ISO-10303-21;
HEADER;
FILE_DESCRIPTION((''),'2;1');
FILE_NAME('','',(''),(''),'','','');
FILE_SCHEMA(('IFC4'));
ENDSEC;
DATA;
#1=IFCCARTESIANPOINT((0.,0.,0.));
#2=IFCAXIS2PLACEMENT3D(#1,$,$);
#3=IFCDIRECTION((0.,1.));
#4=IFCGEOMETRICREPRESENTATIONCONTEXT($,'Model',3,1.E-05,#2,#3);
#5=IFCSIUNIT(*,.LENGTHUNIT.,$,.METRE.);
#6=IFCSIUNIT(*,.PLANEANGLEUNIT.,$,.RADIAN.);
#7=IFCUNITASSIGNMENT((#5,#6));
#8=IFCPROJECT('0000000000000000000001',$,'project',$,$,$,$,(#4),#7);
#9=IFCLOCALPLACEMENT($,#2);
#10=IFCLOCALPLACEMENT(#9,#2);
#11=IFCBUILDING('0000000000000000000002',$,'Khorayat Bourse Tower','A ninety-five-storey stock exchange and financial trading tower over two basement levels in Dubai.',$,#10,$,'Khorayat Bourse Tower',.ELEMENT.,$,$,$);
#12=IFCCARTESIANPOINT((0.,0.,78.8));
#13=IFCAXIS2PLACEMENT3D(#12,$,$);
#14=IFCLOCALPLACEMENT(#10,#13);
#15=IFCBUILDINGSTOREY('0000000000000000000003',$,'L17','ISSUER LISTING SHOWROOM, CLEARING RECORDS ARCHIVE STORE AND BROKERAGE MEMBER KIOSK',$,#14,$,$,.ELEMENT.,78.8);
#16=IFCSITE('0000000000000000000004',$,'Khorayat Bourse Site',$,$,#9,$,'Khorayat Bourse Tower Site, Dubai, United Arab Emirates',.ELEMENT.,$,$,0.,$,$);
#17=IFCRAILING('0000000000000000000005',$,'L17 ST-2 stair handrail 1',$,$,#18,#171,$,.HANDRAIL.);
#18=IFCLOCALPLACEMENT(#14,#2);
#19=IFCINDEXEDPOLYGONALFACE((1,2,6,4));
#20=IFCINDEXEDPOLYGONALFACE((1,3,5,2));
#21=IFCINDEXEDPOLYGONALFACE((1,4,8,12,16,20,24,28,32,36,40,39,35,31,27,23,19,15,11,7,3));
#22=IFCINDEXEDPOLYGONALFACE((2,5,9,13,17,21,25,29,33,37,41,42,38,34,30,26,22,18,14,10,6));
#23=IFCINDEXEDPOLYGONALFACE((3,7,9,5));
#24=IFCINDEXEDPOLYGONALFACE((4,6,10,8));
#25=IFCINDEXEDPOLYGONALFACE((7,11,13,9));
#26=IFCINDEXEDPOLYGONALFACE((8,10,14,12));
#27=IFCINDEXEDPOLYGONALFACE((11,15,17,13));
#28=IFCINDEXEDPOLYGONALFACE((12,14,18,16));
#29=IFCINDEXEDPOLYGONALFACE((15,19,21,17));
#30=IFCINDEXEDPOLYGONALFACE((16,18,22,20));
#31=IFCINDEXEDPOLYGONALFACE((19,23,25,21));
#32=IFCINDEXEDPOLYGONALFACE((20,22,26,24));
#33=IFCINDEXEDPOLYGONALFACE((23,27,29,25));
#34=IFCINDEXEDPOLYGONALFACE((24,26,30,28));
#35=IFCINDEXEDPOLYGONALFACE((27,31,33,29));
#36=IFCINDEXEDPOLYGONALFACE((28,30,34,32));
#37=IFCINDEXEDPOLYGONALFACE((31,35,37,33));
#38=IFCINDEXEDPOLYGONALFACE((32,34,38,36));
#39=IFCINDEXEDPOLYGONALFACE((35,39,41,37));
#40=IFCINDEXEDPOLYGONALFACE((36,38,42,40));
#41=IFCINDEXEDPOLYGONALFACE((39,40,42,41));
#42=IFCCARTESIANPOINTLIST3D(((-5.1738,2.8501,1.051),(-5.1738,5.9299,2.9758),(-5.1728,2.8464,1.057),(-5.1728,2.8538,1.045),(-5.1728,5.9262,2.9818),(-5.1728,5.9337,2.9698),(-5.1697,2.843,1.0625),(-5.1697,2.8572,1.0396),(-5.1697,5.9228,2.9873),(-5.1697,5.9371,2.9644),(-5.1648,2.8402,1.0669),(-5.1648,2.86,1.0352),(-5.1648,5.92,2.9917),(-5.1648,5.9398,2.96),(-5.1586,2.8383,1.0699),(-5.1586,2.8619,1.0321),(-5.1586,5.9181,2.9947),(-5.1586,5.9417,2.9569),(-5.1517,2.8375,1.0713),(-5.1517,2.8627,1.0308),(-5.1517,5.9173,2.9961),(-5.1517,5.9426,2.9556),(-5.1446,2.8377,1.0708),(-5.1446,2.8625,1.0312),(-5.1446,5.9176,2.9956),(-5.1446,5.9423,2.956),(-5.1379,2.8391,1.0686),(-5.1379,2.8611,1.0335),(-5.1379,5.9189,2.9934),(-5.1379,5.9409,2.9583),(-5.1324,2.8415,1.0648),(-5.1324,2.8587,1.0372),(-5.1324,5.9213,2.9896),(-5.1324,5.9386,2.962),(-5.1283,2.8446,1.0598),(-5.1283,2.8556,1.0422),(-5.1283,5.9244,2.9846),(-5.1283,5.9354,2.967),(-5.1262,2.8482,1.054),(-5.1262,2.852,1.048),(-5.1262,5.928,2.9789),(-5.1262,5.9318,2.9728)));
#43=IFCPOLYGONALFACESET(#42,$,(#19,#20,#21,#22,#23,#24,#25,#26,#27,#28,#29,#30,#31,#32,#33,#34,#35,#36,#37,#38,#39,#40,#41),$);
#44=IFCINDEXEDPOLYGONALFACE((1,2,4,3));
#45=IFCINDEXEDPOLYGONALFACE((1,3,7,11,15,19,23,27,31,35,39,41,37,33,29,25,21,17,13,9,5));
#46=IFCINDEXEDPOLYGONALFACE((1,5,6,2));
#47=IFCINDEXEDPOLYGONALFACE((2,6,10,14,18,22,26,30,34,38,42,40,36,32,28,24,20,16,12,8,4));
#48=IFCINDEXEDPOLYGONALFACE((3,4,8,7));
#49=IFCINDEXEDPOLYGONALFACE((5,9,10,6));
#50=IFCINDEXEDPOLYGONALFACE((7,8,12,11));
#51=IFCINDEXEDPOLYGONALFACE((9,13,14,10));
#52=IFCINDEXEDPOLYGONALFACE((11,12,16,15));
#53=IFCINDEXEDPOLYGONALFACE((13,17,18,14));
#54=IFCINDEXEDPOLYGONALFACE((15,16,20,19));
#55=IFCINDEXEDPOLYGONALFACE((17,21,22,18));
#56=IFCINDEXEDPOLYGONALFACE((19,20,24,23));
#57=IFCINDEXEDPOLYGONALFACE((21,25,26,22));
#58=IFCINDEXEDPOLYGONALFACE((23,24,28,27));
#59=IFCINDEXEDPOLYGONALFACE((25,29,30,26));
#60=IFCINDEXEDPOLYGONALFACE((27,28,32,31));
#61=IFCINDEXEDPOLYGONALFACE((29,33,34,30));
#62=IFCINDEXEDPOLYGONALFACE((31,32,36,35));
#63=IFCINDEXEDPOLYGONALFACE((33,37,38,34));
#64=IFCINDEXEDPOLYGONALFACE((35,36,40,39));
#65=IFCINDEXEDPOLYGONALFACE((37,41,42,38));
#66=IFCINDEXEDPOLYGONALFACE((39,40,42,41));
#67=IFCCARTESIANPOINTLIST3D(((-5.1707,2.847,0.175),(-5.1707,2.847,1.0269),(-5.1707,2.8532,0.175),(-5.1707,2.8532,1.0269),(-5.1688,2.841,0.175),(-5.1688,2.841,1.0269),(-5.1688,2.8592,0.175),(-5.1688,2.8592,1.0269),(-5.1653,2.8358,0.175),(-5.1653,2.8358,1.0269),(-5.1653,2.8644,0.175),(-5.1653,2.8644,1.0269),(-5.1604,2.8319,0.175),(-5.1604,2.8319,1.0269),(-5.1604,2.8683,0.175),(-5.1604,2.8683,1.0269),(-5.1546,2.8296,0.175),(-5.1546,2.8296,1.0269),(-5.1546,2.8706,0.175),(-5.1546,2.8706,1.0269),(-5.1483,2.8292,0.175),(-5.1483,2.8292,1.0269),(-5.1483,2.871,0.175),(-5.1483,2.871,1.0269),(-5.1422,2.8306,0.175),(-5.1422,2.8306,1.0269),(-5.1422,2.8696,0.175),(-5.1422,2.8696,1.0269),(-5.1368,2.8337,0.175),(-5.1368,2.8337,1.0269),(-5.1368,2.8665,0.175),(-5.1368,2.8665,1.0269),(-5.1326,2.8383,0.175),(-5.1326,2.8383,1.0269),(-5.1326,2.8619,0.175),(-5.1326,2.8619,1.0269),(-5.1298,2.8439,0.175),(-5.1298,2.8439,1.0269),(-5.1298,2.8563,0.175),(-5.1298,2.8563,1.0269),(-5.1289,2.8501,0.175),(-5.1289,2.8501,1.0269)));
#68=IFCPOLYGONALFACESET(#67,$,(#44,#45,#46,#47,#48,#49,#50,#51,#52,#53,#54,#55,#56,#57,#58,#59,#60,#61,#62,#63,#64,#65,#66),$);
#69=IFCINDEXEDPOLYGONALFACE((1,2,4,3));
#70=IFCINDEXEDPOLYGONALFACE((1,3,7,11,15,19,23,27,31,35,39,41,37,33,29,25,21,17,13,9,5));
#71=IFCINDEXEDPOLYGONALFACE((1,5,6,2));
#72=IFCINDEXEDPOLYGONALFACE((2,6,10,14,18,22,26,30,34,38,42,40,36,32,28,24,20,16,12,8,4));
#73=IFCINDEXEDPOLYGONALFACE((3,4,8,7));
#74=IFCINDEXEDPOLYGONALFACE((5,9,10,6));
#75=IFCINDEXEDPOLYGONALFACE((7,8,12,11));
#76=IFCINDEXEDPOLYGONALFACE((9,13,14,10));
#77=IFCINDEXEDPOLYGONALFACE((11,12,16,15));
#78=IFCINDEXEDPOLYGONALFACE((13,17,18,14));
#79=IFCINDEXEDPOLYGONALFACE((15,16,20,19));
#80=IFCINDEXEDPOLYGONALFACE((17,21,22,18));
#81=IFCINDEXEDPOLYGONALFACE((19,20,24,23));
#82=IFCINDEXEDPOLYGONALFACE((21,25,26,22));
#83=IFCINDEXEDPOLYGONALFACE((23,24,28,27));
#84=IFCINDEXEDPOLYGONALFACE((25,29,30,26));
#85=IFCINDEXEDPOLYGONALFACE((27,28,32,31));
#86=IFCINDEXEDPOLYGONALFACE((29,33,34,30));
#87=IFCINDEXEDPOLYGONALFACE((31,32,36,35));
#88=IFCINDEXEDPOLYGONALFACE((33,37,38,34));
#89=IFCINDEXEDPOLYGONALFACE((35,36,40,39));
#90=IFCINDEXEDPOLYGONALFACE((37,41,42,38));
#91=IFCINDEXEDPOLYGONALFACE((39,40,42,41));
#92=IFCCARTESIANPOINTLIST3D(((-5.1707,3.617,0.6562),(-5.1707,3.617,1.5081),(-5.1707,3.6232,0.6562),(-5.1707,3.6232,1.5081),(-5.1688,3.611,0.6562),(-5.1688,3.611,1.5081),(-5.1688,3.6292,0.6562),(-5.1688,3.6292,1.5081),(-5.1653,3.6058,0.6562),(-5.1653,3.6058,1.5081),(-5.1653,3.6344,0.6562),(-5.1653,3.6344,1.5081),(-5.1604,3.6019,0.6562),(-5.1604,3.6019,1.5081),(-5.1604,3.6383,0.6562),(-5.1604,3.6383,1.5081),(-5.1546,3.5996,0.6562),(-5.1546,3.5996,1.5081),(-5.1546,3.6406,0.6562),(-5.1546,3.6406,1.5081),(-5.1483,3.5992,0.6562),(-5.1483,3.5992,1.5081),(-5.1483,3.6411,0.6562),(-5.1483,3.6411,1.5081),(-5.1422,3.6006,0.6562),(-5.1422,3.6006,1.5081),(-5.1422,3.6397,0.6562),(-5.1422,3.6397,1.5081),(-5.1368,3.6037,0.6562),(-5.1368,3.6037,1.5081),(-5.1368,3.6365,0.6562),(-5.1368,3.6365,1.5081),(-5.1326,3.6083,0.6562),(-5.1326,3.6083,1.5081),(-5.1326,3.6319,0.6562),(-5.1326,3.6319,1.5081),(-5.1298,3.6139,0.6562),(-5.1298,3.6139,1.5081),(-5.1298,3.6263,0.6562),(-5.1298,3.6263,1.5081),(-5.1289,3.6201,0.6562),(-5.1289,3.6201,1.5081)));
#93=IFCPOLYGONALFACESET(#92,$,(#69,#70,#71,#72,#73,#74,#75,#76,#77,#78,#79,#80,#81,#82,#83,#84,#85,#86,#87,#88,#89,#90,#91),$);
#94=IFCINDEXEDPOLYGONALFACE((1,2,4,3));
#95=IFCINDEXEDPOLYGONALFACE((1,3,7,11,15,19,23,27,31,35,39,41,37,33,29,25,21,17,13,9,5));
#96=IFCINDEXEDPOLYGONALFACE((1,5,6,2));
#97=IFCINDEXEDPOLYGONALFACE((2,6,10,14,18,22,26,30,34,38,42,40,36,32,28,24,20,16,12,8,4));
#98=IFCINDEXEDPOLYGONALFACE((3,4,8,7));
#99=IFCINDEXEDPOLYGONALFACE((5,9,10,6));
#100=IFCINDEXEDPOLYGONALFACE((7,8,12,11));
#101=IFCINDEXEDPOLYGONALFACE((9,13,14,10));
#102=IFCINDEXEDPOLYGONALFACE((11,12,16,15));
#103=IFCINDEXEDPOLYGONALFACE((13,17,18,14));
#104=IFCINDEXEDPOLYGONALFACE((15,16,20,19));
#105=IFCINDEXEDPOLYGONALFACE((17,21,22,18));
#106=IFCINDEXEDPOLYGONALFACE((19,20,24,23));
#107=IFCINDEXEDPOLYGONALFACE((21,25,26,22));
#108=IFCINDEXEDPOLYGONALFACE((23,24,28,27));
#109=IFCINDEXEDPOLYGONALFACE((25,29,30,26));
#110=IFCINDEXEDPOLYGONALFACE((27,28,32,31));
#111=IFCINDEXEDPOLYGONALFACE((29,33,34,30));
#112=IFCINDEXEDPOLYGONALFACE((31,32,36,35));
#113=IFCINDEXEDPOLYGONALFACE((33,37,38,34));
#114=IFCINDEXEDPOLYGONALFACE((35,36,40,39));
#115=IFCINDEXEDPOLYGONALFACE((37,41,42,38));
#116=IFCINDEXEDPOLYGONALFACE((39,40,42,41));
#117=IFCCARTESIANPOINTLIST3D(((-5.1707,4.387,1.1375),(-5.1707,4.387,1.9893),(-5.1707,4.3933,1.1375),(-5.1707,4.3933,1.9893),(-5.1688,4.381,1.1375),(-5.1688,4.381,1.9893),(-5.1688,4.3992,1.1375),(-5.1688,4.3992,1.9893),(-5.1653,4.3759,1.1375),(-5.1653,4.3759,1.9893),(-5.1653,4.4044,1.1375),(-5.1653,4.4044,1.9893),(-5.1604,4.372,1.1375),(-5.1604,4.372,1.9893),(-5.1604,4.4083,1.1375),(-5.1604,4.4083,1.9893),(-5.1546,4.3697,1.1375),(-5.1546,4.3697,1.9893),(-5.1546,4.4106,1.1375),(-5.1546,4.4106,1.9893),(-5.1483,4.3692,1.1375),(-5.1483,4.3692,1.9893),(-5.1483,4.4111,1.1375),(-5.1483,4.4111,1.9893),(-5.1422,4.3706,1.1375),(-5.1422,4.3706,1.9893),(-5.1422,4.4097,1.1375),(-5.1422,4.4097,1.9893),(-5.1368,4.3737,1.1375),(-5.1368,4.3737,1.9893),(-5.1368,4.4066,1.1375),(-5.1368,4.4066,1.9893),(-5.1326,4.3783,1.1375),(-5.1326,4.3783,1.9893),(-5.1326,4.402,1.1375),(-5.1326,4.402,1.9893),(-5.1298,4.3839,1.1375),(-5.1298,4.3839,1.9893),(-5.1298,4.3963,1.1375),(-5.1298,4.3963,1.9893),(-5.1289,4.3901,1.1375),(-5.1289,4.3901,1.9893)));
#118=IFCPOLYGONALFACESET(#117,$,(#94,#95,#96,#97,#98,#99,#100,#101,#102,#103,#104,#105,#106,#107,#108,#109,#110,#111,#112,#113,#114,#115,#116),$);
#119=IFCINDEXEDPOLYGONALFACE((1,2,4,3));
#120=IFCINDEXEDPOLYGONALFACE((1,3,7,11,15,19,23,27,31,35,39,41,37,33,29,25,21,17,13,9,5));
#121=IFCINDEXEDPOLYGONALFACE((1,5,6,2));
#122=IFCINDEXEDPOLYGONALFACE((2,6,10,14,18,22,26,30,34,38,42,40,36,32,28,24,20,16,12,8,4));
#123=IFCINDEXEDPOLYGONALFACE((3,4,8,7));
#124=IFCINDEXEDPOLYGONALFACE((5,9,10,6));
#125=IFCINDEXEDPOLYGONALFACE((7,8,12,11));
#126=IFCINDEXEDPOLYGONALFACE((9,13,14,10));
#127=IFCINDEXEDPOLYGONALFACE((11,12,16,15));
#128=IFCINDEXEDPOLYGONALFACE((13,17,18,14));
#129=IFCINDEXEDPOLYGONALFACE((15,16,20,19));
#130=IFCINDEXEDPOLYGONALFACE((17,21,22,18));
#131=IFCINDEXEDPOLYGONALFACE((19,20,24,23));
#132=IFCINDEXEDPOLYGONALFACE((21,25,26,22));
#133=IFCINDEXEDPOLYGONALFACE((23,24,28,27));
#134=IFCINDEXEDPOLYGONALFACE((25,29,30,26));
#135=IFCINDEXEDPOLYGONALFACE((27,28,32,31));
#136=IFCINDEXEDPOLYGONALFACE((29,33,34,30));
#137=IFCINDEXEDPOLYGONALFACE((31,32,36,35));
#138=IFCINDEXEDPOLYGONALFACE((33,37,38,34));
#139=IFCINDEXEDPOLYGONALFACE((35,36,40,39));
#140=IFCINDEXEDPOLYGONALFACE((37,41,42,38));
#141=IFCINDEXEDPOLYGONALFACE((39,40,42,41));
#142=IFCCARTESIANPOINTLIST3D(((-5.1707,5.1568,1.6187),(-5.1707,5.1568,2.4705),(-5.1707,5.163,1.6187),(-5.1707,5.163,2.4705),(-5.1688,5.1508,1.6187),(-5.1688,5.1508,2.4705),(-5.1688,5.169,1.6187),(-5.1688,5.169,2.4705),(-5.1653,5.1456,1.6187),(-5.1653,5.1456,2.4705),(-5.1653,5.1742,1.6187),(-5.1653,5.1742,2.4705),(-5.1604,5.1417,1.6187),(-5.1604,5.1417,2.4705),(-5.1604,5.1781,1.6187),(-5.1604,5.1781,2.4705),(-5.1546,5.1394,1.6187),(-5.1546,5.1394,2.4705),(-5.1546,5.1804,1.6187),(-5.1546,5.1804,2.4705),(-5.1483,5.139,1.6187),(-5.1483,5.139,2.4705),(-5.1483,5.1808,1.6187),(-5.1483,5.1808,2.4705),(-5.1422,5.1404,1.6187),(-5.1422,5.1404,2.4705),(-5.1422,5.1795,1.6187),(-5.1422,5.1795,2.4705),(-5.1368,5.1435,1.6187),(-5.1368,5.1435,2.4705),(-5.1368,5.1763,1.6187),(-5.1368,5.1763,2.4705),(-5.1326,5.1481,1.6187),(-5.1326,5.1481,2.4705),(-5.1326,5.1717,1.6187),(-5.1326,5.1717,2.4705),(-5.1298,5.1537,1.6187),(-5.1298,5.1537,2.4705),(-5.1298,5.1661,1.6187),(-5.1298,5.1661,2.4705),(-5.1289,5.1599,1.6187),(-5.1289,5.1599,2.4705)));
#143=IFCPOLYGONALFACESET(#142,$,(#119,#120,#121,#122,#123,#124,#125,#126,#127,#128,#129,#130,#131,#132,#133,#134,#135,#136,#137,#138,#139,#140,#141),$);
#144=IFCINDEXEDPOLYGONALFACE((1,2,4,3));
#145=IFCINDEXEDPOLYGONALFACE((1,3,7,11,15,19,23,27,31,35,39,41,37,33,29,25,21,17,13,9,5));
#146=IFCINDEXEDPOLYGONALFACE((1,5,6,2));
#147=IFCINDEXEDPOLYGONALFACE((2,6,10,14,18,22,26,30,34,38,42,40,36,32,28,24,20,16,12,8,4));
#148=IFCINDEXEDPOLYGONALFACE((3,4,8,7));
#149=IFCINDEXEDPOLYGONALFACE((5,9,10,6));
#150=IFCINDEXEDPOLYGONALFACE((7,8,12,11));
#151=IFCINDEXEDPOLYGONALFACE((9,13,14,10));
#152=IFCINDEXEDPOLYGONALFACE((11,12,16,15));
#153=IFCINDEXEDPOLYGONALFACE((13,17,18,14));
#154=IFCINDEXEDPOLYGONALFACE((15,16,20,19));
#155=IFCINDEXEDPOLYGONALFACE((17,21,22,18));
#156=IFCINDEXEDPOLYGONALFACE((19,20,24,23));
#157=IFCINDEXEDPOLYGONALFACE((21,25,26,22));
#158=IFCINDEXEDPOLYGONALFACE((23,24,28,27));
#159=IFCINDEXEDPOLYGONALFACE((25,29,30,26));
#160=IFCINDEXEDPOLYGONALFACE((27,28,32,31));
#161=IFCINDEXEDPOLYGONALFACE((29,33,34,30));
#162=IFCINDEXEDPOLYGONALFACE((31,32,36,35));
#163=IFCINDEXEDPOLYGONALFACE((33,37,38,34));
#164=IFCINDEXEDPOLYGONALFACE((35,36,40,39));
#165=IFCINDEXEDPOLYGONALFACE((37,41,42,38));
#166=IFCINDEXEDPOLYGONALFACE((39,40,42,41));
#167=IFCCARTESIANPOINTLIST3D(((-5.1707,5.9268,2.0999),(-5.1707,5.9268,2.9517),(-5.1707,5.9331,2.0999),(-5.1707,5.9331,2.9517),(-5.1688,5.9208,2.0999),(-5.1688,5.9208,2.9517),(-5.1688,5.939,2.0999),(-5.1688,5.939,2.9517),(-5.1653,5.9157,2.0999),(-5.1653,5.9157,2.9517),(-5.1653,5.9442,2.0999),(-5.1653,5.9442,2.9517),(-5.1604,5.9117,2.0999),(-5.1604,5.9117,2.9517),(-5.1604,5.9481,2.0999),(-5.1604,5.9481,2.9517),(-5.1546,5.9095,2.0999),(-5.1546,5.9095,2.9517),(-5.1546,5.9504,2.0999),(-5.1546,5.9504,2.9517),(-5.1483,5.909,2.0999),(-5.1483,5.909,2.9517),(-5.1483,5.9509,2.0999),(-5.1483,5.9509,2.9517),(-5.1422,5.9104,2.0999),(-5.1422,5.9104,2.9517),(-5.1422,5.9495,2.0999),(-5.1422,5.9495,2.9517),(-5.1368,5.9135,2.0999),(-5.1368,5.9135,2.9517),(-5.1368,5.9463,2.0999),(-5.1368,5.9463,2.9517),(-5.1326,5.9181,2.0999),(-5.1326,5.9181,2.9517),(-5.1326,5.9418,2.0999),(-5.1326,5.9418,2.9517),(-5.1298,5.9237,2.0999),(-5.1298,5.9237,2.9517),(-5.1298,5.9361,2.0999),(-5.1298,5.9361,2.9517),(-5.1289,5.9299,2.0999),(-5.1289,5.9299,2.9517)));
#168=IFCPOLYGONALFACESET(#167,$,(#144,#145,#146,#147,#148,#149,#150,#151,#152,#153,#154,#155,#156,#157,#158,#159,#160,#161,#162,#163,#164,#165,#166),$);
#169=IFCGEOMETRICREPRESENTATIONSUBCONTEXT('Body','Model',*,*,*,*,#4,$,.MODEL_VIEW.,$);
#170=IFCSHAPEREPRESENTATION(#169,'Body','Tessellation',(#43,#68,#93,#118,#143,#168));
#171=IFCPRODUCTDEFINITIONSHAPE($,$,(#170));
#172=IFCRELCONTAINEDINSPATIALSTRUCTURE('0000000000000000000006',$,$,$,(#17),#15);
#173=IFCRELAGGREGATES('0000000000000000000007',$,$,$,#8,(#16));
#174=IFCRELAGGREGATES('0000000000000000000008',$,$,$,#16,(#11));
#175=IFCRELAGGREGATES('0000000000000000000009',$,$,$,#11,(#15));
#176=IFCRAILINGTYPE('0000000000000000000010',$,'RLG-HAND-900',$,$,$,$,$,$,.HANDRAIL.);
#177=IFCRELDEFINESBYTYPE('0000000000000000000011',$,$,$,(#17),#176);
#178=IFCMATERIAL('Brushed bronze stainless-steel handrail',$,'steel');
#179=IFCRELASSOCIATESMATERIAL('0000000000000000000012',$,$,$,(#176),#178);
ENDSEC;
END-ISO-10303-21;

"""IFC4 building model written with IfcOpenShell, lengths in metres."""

from ifc_helpers import new_model, si_unit, direction, frame, origin, origin_2d, place, context, subcontext, project, spatial, circle, extrude, source, transform, mapped, material, type_object, element, save


model = new_model("IFC4")

# Units and contexts
model_context = context("Model", 3, precision=1e-05, world=origin(), true_north=direction((0.0, 1.0)))
body_context = subcontext(model_context, "Body", "Model", "MODEL_VIEW")
ifc_project = project(units=[si_unit("LENGTHUNIT", "METRE"), si_unit("PLANEANGLEUNIT", "RADIAN")], contexts=[model_context])

# Site, building, storey
site_placement = place(None, origin())
site = spatial("IfcSite", under=ifc_project, at=site_placement, Name="Khorayat Bourse Site", LongName="Khorayat Bourse Tower Site, Dubai, United Arab Emirates", CompositionType="ELEMENT", RefElevation=0.0)
building_placement = place(site_placement, origin())
building = spatial("IfcBuilding", under=site, at=building_placement, Name="Khorayat Bourse Tower", Description="A ninety-five-storey stock exchange and financial trading tower over two basement levels in Dubai.", LongName="Khorayat Bourse Tower", CompositionType="ELEMENT")
storey_placement = place(building_placement, frame((0.0, 0.0, 78.8)))
storey = spatial("IfcBuildingStorey", under=building, at=storey_placement, Name="L17", Description="ISSUER LISTING SHOWROOM, CLEARING RECORDS ARCHIVE STORE AND BROKERAGE MEMBER KIOSK", CompositionType="ELEMENT", Elevation=78.8)

# Railing
ifc_material_1 = material(Name="Brushed bronze stainless-steel handrail", Category="steel")
railing_type_1 = type_object("IfcRailingType", Name="RLG-HAND-900", PredefinedType="HANDRAIL", material=ifc_material_1)
shared_shape_1 = source(origin(), body_context, "Body", "SweptSolid", [
    extrude(circle(Radius=0.0239, at=origin_2d()), frame((0.0, 0.0, 0.876), z_axis=(0.0, 0.84801, 0.529981), x_axis=(-1.0, 0.0, 0.0)), (0.0, 0.0, 1.0), 3.6318),
    extrude(circle(Radius=0.021, at=origin_2d()), origin(), (0.0, 0.0, 1.0), 0.8518),
    extrude(circle(Radius=0.021, at=origin_2d()), frame((0.0, 0.77, 0.4812)), (0.0, 0.0, 1.0), 0.8518),
    extrude(circle(Radius=0.021, at=origin_2d()), frame((0.0, 1.54, 0.9624)), (0.0, 0.0, 1.0), 0.8518),
    extrude(circle(Radius=0.021, at=origin_2d()), frame((0.0, 2.3098, 1.4436)), (0.0, 0.0, 1.0), 0.8518),
    extrude(circle(Radius=0.021, at=origin_2d()), frame((0.0, 3.0798, 1.9248)), (0.0, 0.0, 1.0), 0.8518),
])
railing_1_placement = place(storey_placement, frame((-5.1499, 2.8501, 0.175)))
element("IfcRailing", 1, at=railing_1_placement, inside=storey, type_object=railing_type_1, Name="L17 ST-2 stair handrail 1", PredefinedType="HANDRAIL", context=body_context, shape_type="MappedRepresentation", body=[
    mapped(shared_shape_1, transform((0.0, 0.0, 0.0), scale=1.0)),
])

save(model, "model.ifc")
